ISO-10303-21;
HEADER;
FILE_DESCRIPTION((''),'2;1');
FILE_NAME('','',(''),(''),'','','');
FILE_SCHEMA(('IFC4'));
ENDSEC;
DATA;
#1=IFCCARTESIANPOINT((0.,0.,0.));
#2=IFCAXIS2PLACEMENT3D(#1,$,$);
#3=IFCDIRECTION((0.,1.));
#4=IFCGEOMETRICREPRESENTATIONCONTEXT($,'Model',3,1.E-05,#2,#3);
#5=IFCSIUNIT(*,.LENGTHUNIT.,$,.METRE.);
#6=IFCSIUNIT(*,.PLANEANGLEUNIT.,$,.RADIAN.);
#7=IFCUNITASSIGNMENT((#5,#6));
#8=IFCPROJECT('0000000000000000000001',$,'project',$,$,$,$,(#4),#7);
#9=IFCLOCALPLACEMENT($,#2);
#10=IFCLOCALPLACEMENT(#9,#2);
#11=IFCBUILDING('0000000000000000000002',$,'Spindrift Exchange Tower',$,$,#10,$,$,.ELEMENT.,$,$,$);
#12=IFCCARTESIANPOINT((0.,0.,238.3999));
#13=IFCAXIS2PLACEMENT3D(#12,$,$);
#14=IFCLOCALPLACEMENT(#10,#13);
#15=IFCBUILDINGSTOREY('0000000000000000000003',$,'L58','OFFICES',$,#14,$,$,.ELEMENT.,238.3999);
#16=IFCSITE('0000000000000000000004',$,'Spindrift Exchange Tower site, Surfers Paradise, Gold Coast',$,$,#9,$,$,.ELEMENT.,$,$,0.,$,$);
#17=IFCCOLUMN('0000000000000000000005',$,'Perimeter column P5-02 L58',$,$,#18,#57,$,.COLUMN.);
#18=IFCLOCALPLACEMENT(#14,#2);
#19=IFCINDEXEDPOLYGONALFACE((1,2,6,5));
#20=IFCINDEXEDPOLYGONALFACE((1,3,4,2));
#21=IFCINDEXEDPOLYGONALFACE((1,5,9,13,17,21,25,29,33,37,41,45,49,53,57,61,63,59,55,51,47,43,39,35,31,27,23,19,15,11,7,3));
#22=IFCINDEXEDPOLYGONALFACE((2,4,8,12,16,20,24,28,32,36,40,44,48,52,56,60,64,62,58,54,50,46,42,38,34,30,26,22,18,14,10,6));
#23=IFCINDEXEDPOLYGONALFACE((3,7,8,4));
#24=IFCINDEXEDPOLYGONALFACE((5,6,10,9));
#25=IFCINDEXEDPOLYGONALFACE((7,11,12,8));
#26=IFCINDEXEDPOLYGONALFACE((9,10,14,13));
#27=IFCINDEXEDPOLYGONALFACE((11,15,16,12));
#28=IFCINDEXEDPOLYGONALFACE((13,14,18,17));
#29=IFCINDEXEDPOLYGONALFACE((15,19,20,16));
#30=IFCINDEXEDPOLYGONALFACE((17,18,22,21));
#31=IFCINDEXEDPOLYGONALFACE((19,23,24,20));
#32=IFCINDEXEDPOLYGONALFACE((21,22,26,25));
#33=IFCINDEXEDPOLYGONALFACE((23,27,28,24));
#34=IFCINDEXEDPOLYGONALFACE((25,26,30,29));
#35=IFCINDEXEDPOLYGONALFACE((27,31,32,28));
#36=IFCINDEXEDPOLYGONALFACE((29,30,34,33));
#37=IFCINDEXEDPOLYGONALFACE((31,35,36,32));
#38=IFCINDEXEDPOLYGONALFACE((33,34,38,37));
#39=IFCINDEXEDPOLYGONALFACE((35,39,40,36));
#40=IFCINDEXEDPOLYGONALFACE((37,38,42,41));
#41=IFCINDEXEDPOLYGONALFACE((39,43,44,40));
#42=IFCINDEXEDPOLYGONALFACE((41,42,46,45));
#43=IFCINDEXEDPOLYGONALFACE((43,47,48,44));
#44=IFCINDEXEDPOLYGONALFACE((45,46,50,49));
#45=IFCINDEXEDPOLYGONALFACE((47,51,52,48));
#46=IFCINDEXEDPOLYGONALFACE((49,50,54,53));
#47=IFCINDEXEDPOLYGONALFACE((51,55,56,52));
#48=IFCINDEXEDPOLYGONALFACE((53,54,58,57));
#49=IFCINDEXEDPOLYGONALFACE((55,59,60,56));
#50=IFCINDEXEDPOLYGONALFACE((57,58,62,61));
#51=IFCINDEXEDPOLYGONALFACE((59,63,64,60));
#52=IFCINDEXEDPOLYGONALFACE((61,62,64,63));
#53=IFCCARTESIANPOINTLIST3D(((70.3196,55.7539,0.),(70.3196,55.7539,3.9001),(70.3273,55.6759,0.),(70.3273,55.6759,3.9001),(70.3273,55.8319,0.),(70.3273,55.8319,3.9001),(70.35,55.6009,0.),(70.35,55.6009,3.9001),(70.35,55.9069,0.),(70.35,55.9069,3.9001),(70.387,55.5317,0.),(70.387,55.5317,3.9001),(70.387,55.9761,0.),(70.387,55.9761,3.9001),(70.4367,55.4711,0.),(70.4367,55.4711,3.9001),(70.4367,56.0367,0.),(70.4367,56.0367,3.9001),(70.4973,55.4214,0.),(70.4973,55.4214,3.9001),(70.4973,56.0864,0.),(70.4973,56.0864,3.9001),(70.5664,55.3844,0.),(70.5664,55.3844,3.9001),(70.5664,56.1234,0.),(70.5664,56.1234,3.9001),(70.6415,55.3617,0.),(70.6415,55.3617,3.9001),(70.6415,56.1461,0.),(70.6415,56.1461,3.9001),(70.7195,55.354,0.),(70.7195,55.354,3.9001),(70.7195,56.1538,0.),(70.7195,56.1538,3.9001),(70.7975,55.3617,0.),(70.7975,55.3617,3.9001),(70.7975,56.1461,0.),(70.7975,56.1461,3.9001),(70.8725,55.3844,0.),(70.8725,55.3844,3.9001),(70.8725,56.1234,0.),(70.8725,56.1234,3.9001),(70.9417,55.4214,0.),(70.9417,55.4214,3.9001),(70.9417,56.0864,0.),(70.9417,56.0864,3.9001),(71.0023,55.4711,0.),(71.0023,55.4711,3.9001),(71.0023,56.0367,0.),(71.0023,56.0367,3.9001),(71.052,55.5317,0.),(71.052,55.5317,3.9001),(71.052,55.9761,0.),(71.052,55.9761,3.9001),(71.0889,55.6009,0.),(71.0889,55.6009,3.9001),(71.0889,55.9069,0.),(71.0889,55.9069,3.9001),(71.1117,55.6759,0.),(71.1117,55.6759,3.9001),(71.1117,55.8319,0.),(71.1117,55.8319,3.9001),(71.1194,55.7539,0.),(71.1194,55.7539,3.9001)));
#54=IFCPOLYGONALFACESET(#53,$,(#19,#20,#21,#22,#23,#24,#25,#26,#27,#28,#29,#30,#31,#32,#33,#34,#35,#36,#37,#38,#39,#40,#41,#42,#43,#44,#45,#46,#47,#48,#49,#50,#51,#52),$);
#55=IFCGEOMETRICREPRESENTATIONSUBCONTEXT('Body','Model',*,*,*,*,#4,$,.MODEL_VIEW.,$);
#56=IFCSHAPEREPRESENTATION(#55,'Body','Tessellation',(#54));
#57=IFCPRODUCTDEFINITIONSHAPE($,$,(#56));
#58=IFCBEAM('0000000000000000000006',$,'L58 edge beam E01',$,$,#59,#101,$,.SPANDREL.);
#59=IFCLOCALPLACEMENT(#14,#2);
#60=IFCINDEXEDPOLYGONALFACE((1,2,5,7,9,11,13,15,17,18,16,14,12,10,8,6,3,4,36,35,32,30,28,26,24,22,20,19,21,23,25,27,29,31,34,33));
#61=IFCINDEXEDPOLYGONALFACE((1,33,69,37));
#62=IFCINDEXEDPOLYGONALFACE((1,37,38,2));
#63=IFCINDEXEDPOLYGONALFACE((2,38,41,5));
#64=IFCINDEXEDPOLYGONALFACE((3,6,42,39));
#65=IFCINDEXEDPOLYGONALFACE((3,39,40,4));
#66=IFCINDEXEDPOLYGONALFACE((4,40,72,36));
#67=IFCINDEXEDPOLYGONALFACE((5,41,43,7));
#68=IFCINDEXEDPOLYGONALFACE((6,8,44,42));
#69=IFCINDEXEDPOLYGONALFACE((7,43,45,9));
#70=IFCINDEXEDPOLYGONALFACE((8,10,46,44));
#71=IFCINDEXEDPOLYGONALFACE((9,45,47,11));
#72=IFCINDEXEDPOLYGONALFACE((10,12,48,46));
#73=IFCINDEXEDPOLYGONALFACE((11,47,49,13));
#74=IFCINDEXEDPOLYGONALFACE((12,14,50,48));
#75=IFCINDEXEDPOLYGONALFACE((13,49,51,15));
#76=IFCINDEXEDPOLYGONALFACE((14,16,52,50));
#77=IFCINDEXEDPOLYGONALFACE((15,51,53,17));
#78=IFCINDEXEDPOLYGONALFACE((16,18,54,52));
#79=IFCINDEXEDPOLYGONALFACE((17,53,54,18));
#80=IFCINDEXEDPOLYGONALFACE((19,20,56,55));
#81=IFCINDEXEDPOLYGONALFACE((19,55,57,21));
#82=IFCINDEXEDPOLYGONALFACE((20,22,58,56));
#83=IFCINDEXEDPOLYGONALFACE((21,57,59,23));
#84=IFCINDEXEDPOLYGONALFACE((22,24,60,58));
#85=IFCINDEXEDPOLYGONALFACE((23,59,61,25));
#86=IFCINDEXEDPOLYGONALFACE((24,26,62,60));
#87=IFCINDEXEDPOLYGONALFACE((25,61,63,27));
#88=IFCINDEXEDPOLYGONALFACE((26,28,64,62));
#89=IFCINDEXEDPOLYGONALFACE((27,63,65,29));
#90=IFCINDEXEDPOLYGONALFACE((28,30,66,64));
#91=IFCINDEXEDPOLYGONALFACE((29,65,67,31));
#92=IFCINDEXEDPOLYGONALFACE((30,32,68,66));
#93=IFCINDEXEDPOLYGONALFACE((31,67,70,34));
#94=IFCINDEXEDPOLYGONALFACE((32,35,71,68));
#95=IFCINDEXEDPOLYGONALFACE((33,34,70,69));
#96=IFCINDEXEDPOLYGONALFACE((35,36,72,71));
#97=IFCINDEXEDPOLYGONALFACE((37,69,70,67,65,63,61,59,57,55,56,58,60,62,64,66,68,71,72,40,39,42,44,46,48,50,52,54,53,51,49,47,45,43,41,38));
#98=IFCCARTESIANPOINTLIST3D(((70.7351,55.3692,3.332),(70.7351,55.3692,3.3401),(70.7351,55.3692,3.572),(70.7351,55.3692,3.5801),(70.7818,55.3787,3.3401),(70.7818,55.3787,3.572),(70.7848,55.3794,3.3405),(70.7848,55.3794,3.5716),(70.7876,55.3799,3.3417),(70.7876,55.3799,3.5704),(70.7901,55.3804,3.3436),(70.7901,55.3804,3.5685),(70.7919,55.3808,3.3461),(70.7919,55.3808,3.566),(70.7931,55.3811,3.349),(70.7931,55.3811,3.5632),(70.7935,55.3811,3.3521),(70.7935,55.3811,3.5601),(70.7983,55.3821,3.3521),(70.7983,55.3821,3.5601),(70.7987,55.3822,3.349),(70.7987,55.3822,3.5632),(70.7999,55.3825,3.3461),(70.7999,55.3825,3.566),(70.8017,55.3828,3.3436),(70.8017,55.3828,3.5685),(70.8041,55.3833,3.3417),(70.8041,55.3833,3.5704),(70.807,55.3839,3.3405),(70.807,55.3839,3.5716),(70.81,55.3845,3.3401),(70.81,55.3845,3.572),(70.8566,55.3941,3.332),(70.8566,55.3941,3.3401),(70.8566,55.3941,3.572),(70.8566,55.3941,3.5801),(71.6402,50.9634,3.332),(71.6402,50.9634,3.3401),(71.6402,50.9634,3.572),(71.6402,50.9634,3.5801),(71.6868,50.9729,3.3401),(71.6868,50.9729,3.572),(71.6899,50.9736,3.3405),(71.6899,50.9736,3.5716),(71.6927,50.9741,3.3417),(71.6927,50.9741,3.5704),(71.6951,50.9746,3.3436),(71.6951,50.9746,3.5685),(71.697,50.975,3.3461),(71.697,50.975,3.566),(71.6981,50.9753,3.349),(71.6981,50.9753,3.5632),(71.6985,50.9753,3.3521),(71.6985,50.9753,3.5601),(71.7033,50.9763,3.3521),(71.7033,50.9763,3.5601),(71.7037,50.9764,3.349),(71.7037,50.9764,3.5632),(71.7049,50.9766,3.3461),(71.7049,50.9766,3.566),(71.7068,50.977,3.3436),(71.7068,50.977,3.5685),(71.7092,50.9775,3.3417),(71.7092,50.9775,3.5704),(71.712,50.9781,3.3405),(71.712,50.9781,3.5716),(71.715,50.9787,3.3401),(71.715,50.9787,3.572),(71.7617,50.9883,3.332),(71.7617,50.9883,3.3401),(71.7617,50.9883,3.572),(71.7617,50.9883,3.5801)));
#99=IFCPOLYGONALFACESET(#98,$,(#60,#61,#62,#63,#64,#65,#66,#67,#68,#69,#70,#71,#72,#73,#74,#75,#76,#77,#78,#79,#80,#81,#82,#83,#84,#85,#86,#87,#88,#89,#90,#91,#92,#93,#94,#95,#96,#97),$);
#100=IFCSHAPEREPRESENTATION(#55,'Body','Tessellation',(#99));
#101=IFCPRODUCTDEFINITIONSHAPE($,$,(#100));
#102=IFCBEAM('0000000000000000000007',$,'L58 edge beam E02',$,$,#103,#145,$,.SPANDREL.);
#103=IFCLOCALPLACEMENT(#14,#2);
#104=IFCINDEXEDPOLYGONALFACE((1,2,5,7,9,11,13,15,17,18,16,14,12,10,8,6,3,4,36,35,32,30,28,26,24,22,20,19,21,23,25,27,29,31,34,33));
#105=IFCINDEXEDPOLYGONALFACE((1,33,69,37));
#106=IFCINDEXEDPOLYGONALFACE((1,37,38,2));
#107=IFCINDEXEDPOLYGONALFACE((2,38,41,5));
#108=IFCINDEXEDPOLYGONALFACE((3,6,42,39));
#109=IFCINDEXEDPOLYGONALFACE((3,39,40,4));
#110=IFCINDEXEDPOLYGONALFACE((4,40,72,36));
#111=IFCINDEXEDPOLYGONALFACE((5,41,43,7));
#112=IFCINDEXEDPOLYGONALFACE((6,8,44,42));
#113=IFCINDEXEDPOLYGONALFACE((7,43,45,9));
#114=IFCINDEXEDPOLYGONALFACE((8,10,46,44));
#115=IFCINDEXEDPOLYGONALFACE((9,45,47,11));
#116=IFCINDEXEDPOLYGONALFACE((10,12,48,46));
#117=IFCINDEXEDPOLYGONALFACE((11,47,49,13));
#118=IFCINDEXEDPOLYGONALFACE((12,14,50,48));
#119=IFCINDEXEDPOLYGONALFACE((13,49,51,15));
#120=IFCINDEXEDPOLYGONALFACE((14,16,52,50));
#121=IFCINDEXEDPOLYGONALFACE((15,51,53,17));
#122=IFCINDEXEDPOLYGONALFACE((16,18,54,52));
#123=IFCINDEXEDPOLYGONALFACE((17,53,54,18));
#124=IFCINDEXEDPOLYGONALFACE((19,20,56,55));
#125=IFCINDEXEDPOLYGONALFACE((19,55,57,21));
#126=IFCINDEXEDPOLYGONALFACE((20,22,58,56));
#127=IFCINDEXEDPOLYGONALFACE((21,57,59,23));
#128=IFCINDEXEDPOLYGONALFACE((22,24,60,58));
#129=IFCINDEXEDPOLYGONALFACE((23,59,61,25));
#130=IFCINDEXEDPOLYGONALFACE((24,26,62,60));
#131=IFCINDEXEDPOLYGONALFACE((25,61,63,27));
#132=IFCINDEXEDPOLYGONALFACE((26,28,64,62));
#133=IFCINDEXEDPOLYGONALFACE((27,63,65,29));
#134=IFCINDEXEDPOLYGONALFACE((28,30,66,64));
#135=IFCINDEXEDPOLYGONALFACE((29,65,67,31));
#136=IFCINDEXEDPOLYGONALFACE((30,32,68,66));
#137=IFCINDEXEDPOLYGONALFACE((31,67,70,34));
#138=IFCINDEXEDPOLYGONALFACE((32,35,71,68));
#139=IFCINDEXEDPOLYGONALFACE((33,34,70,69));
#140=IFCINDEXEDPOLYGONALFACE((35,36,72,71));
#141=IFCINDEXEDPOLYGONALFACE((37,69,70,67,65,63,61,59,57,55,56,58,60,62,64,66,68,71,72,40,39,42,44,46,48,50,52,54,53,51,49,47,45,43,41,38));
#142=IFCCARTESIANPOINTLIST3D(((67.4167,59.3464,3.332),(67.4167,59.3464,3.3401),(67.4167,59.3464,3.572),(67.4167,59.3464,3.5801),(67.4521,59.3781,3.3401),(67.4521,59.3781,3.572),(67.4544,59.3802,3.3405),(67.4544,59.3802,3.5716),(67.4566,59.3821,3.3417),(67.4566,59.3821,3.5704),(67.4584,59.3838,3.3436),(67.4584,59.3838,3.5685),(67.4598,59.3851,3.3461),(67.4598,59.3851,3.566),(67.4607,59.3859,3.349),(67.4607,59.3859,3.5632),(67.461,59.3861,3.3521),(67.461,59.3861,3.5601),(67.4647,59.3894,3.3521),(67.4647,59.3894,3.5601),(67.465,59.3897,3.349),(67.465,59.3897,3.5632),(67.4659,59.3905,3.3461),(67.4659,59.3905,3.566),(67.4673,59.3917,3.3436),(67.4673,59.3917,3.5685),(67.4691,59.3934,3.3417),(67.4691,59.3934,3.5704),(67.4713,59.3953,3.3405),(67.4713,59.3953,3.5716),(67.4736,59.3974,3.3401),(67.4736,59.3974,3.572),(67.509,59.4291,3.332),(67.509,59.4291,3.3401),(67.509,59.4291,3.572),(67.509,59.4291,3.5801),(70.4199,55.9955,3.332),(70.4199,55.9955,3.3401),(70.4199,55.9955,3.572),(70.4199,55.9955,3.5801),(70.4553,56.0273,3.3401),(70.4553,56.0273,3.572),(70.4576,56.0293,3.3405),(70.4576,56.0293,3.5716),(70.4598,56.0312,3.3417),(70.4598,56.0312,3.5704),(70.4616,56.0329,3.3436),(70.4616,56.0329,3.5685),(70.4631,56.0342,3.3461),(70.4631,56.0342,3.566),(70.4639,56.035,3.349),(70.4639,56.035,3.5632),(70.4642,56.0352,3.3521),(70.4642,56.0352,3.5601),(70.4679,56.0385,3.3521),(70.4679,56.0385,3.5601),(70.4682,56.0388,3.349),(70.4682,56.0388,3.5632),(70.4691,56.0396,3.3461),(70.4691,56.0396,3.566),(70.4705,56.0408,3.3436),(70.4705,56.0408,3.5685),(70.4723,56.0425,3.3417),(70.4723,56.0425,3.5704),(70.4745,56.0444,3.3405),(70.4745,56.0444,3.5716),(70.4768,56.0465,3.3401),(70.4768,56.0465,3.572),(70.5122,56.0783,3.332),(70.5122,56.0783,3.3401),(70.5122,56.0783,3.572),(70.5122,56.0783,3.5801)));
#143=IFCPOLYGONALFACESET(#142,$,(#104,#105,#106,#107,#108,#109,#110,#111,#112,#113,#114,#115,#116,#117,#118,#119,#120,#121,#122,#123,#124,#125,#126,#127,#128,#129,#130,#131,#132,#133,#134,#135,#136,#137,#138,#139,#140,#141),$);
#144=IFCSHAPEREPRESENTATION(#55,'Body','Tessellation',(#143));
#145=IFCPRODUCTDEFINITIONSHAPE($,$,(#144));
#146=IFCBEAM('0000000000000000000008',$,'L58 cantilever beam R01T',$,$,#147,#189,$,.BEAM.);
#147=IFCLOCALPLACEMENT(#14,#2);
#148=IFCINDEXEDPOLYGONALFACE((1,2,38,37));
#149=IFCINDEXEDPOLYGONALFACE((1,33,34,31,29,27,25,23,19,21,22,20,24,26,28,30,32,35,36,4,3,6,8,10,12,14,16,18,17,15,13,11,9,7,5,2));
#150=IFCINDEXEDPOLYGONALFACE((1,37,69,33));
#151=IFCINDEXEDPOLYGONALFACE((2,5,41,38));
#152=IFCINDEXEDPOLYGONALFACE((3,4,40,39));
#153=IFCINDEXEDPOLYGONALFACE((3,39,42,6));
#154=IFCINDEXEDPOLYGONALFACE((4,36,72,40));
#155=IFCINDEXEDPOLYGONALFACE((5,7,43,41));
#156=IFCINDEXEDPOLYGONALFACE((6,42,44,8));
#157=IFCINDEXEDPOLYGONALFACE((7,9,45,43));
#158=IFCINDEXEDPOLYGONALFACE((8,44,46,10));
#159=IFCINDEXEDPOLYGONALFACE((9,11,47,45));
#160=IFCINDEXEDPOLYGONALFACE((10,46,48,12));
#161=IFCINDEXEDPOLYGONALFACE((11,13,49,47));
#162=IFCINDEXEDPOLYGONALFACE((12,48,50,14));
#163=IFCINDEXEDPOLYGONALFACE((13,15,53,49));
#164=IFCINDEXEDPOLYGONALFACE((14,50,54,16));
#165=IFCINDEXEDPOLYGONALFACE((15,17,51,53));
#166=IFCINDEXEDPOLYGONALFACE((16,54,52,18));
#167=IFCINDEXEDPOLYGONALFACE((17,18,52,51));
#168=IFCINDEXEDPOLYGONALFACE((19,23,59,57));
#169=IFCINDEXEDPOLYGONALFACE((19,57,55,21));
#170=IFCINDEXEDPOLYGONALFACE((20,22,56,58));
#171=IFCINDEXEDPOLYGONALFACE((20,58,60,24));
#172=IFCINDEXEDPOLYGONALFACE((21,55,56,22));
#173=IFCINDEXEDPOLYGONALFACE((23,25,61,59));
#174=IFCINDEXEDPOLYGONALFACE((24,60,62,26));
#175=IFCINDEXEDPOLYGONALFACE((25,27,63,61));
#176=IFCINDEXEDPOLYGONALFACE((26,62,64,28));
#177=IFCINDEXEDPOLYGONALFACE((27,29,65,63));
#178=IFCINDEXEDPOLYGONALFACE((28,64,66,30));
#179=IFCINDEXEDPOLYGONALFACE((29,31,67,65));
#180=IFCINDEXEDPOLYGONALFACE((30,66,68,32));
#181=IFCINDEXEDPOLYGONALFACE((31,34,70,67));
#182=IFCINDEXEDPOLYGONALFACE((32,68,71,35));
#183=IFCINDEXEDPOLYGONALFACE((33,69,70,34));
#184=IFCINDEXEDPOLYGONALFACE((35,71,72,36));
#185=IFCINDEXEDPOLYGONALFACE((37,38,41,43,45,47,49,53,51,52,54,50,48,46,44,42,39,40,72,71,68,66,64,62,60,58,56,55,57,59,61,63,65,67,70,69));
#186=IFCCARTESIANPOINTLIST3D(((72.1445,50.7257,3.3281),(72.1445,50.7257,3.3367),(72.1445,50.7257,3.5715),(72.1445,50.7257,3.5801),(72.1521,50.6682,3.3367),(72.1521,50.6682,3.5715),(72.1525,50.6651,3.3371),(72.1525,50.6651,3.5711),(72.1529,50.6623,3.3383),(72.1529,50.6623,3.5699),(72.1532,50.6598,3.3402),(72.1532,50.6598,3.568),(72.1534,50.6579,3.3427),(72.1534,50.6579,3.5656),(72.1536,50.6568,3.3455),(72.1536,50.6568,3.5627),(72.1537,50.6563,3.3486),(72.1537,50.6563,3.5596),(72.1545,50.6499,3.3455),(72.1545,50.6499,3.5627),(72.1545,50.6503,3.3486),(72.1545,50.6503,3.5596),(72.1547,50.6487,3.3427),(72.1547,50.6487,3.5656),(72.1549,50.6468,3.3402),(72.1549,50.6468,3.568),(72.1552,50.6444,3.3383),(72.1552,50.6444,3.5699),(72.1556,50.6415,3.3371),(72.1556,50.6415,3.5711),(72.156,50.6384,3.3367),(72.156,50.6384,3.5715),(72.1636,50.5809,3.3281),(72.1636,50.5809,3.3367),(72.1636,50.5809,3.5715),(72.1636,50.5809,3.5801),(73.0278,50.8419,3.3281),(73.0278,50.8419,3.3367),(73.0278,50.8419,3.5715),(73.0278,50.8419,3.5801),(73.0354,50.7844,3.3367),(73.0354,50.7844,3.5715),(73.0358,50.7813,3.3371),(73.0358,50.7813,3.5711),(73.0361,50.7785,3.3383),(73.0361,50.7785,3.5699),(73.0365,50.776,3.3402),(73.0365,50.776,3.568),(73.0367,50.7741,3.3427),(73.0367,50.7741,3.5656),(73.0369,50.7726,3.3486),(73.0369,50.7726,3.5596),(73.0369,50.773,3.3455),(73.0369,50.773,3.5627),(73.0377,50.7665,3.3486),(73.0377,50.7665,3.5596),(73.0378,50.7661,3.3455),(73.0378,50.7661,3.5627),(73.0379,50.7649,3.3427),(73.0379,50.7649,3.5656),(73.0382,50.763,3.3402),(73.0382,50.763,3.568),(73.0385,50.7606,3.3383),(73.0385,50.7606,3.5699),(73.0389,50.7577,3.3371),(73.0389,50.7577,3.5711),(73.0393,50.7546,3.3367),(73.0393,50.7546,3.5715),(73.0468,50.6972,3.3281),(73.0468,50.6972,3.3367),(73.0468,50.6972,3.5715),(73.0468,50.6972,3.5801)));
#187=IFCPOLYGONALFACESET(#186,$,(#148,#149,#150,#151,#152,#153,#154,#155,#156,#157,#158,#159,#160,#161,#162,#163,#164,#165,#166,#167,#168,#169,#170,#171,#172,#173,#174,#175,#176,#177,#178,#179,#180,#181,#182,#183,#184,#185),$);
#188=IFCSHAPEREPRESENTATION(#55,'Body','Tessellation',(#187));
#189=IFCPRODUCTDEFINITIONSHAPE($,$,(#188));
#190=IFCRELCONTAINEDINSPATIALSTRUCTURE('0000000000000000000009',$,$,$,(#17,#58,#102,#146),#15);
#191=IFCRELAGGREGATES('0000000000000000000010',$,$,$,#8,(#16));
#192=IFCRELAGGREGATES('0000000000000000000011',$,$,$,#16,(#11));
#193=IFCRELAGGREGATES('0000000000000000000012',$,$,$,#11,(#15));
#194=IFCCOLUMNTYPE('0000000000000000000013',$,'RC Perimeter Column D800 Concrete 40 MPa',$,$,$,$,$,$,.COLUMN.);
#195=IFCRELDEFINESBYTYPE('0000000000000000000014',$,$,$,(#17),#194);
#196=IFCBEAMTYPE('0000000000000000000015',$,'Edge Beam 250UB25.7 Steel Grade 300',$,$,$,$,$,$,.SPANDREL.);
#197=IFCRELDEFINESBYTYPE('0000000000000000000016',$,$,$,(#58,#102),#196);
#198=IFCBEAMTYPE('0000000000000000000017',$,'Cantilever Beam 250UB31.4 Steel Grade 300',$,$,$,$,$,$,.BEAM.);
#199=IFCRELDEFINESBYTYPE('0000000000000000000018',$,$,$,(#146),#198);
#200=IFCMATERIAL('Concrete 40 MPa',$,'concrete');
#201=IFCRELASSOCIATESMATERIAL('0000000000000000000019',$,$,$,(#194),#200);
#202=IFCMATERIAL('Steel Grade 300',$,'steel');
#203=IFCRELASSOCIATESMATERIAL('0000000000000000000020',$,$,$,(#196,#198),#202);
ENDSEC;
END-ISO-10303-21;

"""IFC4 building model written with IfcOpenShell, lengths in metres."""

from ifc_helpers import new_model, si_unit, direction, frame, origin, origin_2d, place, context, subcontext, project, spatial, circle, i_section, extrude, source, transform, mapped, material, material_profile, profile_set, type_object, element, save


model = new_model("IFC4")

# Units and contexts
model_context = context("Model", 3, precision=1e-05, world=origin(), true_north=direction((0.0, 1.0)))
body_context = subcontext(model_context, "Body", "Model", "MODEL_VIEW")
ifc_project = project(units=[si_unit("LENGTHUNIT", "METRE"), si_unit("PLANEANGLEUNIT", "RADIAN")], contexts=[model_context])

# Site, building, storey
site_placement = place(None, origin())
site = spatial("IfcSite", under=ifc_project, at=site_placement, Name="Spindrift Exchange Tower site, Surfers Paradise, Gold Coast", CompositionType="ELEMENT", RefElevation=0.0)
building_placement = place(site_placement, origin())
building = spatial("IfcBuilding", under=site, at=building_placement, Name="Spindrift Exchange Tower", CompositionType="ELEMENT")
storey_placement = place(building_placement, frame((0.0, 0.0, 238.3999)))
storey = spatial("IfcBuildingStorey", under=building, at=storey_placement, Name="L58", Description="OFFICES", CompositionType="ELEMENT", Elevation=238.3999)

# Column
ifc_material_1 = material(Name="Concrete 40 MPa", Category="concrete")
ifc_material_profile_1 = material_profile(ifc_material_1, circle(Radius=0.3999, at=origin_2d()), Name="RC D800")
ifc_profile_set_1 = profile_set([ifc_material_profile_1], Name="Concrete 40 MPa")
column_type = type_object("IfcColumnType", Name="RC Perimeter Column D800 Concrete 40 MPa", PredefinedType="COLUMN", material=ifc_profile_set_1)
shared_shape_1 = source(origin(), body_context, "Body", "SweptSolid", [
    extrude(circle(Radius=0.3999, at=origin_2d()), origin(), (0.0, 0.0, 1.0), 3.9001),
])
column_placement = place(storey_placement, frame((70.7195, 55.7539, 0.0), z_axis=(0.0, 0.0, 1.0), x_axis=(1.0, 0.0, 0.0)))
element("IfcColumn", 1, at=column_placement, inside=storey, type_object=column_type, Name="Perimeter column P5-02 L58", PredefinedType="COLUMN", context=body_context, shape_type="MappedRepresentation", body=[
    mapped(shared_shape_1, transform((0.0, 0.0, 0.0), scale=1.0)),
])

# Beams
ifc_material_2 = material(Name="Steel Grade 300", Category="steel")
ifc_material_profile_2 = material_profile(ifc_material_2, i_section(OverallWidth=0.124, OverallDepth=0.248, WebThickness=0.0049, FlangeThickness=0.0081, FilletRadius=0.012, at=origin_2d()), Name="250UB25.7")
ifc_profile_set_2 = profile_set([ifc_material_profile_2], Name="Steel Grade 300")
beam_type_1 = type_object("IfcBeamType", Name="Edge Beam 250UB25.7 Steel Grade 300", PredefinedType="SPANDREL", material=ifc_profile_set_2)
shared_shape_2 = source(origin(), body_context, "Body", "SweptSolid", [
    extrude(i_section(OverallWidth=0.124, OverallDepth=0.248, WebThickness=0.0049, FlangeThickness=0.0081, FilletRadius=0.012, at=origin_2d()), origin(), (0.0, 0.0, 1.0), 4.4978),
])
beam_1_placement = place(storey_placement, frame((71.7009, 50.9758, 3.4561), z_axis=(-0.201218, 0.979546, 0.0), x_axis=(-0.979546, -0.201218, 0.0)))
element("IfcBeam", 2, at=beam_1_placement, inside=storey, type_object=beam_type_1, Name="L58 edge beam E01", PredefinedType="SPANDREL", context=body_context, shape_type="MappedRepresentation", body=[
    mapped(shared_shape_2, transform((0.0, 0.0, 0.0), scale=1.0)),
])
shared_shape_3 = source(origin(), body_context, "Body", "SweptSolid", [
    extrude(i_section(OverallWidth=0.124, OverallDepth=0.248, WebThickness=0.0049, FlangeThickness=0.0081, FilletRadius=0.012, at=origin_2d()), origin(), (0.0, 0.0, 1.0), 4.4998),
])
beam_2_placement = place(storey_placement, frame((70.4661, 56.0369, 3.4561), z_axis=(-0.66742, 0.744682, 0.0), x_axis=(-0.744682, -0.66742, 0.0)))
element("IfcBeam", 3, at=beam_2_placement, inside=storey, type_object=beam_type_1, Name="L58 edge beam E02", PredefinedType="SPANDREL", context=body_context, shape_type="MappedRepresentation", body=[
    mapped(shared_shape_3, transform((0.0, 0.0, 0.0), scale=1.0)),
])
ifc_material_profile_3 = material_profile(ifc_material_2, i_section(OverallWidth=0.146, OverallDepth=0.252, WebThickness=0.0061, FlangeThickness=0.0085, FilletRadius=0.012, at=origin_2d()), Name="250UB31.4")
ifc_profile_set_3 = profile_set([ifc_material_profile_3], Name="Steel Grade 300")
beam_type_2 = type_object("IfcBeamType", Name="Cantilever Beam 250UB31.4 Steel Grade 300", PredefinedType="BEAM", material=ifc_profile_set_3)
shared_shape_4 = source(origin(), body_context, "Body", "SweptSolid", [
    extrude(i_section(OverallWidth=0.146, OverallDepth=0.252, WebThickness=0.0061, FlangeThickness=0.0085, FilletRadius=0.012, at=origin_2d()), origin(), (0.0, 0.0, 1.0), 0.8909),
])
beam_3_placement = place(storey_placement, frame((72.1541, 50.6533, 3.4541), z_axis=(0.991456, 0.13044, 0.0), x_axis=(-0.13044, 0.991456, 0.0)))
element("IfcBeam", 4, at=beam_3_placement, inside=storey, type_object=beam_type_2, Name="L58 cantilever beam R01T", PredefinedType="BEAM", context=body_context, shape_type="MappedRepresentation", body=[
    mapped(shared_shape_4, transform((0.0, 0.0, 0.0), scale=1.0)),
])

save(model, "model.ifc")
